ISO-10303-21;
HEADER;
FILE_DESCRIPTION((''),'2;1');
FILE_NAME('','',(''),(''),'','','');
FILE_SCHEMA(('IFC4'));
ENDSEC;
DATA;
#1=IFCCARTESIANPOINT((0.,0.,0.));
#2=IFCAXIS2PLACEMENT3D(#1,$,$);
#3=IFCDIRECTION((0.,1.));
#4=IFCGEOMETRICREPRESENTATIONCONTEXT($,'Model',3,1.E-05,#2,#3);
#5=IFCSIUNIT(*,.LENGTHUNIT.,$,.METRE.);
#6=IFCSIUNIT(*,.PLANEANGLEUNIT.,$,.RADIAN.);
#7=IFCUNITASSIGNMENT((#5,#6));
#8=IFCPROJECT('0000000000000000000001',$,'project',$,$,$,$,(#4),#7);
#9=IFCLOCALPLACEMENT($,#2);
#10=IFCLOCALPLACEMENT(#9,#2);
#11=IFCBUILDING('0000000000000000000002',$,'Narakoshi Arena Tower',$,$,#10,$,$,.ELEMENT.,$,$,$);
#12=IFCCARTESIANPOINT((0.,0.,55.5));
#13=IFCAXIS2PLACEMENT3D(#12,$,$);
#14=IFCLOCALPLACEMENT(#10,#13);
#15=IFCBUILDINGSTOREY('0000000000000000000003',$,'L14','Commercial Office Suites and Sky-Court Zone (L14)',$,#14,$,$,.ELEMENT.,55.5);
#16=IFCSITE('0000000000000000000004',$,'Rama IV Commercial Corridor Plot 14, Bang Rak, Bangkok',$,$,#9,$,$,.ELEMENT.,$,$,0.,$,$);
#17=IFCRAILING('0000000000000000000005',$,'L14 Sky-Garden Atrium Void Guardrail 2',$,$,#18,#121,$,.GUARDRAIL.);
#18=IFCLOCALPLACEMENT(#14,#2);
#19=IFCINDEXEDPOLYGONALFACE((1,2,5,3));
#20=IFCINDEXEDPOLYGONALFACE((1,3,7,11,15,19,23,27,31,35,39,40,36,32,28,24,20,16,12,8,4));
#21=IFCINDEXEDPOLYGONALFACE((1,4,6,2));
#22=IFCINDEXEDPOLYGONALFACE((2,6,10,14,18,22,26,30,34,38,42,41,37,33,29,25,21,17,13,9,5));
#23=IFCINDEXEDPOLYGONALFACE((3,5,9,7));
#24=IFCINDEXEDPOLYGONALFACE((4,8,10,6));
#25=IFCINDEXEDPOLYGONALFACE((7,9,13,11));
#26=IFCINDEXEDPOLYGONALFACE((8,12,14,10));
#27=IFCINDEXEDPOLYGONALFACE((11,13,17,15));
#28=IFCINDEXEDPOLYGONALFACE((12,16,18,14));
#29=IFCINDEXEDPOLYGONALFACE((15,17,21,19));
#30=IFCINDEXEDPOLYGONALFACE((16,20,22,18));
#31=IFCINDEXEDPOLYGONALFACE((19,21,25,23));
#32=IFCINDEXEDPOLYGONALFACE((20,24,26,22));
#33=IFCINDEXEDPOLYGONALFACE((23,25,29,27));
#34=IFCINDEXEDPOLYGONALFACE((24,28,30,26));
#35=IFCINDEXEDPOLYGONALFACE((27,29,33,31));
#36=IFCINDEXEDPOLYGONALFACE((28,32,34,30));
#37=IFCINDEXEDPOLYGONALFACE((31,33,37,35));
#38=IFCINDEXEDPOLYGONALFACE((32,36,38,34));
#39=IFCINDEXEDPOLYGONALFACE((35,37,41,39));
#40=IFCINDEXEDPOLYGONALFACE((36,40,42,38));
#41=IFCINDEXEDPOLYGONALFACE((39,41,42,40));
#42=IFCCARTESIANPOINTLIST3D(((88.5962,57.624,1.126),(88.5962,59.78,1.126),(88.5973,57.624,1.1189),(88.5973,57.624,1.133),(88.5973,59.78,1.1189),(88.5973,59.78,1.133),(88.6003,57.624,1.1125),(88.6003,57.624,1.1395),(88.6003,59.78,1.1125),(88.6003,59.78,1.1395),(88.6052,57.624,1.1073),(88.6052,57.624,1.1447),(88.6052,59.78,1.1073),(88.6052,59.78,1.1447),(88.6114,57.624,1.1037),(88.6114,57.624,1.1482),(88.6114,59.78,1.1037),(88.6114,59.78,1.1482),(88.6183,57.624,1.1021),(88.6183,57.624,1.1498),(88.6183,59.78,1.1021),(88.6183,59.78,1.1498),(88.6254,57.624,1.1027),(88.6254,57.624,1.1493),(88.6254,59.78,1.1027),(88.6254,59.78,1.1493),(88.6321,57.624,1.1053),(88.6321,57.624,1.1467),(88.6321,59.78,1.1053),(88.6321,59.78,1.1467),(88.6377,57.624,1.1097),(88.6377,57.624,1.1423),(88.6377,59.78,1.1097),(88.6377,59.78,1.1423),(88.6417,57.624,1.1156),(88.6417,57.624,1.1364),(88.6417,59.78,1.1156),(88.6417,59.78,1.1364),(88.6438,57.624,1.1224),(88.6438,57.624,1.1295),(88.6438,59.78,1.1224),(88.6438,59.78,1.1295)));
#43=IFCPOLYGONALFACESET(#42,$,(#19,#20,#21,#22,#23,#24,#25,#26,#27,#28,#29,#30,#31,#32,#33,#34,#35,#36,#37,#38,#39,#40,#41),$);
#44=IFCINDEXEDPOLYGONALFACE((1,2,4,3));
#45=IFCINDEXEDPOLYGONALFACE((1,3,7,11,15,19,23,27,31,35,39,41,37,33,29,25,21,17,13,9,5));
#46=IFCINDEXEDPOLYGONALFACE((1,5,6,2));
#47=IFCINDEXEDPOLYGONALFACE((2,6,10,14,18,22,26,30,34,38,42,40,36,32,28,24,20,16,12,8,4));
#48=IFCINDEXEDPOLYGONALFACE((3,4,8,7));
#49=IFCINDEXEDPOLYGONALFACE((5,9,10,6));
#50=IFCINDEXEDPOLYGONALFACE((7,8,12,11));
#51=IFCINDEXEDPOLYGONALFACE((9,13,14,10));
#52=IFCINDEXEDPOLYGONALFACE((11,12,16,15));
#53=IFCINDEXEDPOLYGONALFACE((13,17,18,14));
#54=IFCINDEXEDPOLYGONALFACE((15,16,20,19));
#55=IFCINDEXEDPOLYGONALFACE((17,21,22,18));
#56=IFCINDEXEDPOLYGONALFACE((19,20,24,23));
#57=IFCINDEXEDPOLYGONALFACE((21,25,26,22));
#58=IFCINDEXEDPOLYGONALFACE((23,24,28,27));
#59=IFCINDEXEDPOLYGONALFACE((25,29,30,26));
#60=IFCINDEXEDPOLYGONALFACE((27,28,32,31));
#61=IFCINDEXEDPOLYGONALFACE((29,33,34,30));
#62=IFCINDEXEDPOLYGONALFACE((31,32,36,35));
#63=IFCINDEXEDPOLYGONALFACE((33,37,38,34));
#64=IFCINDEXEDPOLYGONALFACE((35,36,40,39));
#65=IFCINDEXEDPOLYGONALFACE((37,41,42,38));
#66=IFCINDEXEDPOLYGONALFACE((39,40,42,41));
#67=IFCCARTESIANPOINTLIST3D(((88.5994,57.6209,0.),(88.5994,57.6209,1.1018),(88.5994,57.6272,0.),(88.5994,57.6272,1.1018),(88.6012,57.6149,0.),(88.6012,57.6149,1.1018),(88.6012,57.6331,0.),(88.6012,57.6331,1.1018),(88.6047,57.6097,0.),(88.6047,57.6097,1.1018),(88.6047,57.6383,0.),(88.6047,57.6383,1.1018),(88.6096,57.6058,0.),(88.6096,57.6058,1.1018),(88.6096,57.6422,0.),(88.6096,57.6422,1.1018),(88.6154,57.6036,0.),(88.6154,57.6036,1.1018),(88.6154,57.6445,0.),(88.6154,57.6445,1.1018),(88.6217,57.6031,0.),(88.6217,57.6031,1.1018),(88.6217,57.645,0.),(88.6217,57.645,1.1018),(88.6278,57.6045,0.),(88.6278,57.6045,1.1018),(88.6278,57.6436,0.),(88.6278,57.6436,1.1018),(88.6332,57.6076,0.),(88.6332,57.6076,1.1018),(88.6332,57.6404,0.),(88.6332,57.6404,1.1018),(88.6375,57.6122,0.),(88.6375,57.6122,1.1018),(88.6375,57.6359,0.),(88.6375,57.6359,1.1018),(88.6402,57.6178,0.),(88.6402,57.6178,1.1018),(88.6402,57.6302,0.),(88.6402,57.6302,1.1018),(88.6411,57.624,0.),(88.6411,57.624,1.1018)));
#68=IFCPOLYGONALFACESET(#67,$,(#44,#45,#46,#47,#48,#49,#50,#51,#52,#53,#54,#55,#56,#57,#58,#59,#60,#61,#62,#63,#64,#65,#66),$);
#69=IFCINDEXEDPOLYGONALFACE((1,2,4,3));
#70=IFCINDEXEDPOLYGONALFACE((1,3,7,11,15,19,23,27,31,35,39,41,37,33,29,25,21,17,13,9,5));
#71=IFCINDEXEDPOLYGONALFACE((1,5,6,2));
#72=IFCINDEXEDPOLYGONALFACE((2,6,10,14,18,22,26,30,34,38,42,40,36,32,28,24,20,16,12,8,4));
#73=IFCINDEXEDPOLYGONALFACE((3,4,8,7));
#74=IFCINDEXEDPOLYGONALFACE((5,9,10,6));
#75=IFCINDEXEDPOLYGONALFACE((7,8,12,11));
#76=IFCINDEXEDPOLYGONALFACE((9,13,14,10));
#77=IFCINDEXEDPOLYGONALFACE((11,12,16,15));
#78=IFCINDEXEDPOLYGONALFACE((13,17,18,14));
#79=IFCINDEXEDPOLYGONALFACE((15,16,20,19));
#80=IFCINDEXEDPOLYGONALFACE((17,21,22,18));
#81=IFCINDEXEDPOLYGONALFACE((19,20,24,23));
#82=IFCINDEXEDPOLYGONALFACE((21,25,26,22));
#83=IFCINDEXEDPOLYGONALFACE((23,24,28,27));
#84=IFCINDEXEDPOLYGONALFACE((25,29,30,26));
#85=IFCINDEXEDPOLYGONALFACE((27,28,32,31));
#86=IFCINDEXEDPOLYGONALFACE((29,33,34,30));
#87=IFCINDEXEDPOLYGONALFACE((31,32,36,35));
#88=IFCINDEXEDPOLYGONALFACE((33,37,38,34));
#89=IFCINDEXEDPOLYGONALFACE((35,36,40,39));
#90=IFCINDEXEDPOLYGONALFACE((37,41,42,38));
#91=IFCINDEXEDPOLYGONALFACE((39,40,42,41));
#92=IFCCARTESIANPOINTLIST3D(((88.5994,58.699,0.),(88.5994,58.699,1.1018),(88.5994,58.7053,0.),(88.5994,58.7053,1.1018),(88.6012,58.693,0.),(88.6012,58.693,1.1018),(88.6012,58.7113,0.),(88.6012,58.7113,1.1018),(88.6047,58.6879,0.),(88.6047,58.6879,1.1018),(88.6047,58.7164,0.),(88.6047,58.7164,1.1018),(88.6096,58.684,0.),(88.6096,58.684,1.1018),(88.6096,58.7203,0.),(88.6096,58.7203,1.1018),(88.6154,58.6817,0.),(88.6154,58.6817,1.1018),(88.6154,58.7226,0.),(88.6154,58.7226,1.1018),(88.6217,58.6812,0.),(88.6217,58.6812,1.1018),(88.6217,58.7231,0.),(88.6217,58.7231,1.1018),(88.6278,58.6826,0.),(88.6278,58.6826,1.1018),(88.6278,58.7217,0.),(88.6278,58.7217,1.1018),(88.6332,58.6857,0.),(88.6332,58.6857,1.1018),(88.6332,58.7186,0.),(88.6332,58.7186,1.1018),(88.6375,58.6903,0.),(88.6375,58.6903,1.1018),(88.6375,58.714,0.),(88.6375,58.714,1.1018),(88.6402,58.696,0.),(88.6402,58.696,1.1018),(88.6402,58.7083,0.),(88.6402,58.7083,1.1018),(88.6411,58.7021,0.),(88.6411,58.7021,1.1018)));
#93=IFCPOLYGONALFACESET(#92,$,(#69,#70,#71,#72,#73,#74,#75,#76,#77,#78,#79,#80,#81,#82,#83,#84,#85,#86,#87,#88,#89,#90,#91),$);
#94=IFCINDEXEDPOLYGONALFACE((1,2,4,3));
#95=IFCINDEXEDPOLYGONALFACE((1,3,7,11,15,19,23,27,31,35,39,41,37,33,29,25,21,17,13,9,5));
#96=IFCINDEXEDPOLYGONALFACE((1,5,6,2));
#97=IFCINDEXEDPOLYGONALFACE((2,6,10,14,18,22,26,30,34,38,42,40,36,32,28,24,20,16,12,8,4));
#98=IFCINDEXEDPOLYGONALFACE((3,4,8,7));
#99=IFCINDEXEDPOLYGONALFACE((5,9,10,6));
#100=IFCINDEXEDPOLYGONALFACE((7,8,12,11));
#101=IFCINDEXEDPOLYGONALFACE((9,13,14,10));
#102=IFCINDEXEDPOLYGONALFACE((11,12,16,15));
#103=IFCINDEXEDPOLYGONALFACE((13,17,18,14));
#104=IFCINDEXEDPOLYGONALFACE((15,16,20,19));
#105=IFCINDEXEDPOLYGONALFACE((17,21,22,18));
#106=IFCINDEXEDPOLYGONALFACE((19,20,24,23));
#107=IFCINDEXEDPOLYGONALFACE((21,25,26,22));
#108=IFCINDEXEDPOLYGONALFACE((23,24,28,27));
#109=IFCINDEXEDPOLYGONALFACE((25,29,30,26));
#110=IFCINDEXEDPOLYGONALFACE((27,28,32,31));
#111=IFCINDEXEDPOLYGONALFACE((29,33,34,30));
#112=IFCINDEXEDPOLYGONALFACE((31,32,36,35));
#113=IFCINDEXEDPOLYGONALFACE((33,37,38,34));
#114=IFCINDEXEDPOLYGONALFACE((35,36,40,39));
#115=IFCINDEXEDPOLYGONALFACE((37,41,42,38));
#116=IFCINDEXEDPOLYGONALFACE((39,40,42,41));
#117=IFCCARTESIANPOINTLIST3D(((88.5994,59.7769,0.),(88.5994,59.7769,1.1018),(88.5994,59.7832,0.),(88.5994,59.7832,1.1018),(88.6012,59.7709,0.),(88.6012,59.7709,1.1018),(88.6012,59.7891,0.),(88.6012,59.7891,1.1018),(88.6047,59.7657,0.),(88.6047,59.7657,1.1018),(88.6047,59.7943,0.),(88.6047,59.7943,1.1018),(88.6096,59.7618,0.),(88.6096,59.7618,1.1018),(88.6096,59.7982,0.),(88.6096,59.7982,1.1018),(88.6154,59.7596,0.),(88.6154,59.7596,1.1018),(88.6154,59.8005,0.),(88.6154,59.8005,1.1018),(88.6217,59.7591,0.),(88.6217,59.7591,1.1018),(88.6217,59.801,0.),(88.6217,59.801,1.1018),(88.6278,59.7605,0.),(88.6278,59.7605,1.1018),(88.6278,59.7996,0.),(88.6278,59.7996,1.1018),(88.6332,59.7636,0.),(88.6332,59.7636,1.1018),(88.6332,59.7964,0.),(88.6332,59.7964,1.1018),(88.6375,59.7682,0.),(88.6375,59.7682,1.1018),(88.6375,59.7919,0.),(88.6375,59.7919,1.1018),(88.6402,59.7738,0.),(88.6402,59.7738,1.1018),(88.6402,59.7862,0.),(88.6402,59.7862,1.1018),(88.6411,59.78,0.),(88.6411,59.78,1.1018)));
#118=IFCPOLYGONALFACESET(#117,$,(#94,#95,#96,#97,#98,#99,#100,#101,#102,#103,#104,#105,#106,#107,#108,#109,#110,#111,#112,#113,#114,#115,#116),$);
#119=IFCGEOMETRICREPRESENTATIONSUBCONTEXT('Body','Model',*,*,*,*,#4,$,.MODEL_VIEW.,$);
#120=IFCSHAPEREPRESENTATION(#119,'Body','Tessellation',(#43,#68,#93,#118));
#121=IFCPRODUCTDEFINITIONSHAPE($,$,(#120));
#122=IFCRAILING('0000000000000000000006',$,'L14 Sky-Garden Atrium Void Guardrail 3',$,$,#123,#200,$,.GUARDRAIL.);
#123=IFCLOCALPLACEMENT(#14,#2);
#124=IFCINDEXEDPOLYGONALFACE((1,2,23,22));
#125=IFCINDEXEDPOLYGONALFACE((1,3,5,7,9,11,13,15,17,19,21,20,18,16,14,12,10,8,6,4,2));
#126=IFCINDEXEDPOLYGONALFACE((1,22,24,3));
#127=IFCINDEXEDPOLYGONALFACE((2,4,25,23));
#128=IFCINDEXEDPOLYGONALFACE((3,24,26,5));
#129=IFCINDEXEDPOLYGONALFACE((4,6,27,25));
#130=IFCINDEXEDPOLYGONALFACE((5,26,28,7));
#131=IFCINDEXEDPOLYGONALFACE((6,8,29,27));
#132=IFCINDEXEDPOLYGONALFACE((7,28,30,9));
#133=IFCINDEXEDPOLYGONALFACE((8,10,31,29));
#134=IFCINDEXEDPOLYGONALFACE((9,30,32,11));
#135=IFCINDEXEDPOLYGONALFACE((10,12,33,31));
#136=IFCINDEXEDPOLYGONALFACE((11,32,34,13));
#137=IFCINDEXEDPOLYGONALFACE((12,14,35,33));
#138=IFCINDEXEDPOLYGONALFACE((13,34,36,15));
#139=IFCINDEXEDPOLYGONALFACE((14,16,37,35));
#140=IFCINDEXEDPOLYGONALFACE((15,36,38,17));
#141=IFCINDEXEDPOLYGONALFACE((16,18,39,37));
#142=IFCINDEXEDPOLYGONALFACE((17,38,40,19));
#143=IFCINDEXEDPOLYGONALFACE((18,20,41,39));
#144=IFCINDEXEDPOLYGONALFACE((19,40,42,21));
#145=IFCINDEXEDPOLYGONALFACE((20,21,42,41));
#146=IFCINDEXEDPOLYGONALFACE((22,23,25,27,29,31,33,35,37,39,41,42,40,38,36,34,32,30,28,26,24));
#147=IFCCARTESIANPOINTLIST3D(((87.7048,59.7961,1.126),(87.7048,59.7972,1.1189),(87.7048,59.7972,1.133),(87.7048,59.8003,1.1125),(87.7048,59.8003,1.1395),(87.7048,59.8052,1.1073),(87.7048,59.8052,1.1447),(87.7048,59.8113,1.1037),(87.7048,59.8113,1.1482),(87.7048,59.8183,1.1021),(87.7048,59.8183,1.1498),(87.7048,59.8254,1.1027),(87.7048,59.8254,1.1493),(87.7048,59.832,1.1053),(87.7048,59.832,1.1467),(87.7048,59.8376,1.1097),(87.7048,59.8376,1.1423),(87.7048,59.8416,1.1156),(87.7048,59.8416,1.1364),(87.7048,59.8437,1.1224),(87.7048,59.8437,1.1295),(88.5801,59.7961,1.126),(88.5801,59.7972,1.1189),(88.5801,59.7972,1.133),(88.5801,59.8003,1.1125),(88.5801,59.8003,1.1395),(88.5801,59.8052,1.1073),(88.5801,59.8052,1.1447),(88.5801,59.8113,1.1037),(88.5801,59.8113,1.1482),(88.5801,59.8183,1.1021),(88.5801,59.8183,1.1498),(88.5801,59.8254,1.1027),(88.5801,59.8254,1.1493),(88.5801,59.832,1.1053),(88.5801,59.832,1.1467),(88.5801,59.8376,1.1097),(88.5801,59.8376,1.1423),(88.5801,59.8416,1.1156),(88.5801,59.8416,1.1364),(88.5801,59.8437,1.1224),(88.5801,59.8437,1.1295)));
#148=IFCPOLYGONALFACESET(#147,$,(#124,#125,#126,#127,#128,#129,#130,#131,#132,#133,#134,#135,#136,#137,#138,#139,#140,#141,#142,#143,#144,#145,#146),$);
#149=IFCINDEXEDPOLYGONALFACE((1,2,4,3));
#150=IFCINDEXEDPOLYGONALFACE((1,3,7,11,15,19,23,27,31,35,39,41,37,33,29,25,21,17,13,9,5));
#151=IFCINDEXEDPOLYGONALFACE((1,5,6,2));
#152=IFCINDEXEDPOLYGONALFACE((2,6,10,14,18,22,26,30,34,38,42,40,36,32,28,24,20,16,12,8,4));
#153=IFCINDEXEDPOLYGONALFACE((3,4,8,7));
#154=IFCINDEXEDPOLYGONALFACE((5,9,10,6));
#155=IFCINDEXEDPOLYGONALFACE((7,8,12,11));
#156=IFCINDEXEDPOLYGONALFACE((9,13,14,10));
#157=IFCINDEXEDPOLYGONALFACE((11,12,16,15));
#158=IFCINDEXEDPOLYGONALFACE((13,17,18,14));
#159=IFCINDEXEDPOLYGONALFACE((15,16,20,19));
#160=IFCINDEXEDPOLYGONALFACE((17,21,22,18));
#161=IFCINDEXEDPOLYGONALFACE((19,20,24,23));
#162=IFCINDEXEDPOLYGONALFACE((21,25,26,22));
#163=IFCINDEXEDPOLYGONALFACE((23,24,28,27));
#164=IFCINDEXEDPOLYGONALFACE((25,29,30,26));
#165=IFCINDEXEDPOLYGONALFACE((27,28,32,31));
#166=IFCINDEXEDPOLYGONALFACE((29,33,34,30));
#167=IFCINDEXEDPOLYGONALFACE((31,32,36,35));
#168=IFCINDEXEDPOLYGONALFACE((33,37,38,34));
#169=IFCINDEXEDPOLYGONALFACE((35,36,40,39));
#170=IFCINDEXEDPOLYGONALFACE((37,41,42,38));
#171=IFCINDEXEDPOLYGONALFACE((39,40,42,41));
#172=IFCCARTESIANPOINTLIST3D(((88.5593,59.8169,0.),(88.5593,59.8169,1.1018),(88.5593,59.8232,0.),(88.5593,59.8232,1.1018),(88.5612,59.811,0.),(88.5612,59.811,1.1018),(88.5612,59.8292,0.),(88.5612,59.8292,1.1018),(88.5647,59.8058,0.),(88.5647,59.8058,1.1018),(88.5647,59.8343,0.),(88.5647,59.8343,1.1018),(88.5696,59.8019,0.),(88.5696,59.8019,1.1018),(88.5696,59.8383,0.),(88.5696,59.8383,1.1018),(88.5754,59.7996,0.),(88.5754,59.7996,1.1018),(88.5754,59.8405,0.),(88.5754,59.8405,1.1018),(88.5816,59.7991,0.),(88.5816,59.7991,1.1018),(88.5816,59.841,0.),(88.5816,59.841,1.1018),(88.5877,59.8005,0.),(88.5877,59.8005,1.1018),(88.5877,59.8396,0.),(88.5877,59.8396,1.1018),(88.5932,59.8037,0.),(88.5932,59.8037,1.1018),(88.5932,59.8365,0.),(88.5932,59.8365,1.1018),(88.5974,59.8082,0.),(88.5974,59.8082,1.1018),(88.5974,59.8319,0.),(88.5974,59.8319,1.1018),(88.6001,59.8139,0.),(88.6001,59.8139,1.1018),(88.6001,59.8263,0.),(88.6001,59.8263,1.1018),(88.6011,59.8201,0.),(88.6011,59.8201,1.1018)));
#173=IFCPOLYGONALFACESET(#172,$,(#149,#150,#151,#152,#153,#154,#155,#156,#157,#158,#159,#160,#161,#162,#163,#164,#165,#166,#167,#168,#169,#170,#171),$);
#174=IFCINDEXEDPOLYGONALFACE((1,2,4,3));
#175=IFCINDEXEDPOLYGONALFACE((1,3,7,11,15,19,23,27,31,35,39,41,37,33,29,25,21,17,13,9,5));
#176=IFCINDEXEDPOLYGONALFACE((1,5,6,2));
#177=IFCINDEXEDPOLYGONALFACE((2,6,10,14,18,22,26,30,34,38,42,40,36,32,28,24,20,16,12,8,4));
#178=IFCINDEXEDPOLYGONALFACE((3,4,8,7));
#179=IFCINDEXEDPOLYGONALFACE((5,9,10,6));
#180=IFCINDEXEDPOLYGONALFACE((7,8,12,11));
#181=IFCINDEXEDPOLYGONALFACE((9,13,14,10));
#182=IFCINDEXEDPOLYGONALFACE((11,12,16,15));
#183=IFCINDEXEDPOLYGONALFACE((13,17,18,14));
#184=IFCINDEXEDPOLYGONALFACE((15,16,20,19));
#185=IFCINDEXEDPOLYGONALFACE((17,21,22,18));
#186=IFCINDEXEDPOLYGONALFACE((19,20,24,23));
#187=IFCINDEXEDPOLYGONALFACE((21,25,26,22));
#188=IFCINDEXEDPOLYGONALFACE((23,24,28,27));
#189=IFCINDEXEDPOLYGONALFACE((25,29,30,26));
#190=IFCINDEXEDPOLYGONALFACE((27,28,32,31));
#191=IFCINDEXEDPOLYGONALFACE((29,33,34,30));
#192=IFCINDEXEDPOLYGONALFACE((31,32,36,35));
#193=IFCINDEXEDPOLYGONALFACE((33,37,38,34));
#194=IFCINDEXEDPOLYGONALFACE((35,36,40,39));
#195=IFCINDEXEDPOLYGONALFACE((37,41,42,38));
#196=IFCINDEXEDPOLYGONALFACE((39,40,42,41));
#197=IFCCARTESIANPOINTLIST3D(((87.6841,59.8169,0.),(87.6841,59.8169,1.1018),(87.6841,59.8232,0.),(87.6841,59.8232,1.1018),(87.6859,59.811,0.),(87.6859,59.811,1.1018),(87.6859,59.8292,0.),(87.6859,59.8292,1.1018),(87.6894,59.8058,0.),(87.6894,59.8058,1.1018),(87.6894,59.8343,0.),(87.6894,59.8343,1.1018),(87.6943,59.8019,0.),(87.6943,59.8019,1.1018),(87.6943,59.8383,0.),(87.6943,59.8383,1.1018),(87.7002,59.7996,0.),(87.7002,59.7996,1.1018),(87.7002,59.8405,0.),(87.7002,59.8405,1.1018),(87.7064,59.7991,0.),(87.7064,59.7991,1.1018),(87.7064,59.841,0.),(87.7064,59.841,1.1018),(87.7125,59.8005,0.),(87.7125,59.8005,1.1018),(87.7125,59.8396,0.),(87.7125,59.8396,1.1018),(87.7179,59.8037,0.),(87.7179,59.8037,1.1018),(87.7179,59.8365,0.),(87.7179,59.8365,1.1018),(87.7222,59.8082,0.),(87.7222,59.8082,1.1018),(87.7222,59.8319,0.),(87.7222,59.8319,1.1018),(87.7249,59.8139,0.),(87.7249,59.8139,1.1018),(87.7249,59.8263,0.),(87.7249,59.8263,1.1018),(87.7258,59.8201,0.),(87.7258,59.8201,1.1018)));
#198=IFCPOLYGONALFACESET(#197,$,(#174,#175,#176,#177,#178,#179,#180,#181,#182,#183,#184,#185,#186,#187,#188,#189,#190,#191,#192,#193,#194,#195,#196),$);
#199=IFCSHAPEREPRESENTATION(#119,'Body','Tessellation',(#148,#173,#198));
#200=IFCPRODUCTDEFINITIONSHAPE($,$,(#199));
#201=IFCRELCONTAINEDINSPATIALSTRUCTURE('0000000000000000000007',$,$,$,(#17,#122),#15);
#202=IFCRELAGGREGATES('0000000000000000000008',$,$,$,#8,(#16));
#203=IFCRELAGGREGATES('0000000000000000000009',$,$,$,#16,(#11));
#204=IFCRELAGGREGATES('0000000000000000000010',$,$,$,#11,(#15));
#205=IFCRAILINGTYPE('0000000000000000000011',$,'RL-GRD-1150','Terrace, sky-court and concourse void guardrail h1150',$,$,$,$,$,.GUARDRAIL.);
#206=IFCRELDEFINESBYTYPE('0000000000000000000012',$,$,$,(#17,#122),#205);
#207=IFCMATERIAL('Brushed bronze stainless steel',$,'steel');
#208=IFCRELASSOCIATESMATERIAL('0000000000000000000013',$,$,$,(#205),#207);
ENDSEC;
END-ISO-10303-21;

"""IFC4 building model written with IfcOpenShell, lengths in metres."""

from ifc_helpers import new_model, si_unit, direction, frame, origin, origin_2d, place, context, subcontext, project, spatial, circle, extrude, material, type_object, element, save


model = new_model("IFC4")

# Units and contexts
model_context = context("Model", 3, precision=1e-05, world=origin(), true_north=direction((0.0, 1.0)))
body_context = subcontext(model_context, "Body", "Model", "MODEL_VIEW")
ifc_project = project(units=[si_unit("LENGTHUNIT", "METRE"), si_unit("PLANEANGLEUNIT", "RADIAN")], contexts=[model_context])

# Site, building, storey
site_placement = place(None, origin())
site = spatial("IfcSite", under=ifc_project, at=site_placement, Name="Rama IV Commercial Corridor Plot 14, Bang Rak, Bangkok", CompositionType="ELEMENT", RefElevation=0.0)
building_placement = place(site_placement, origin())
building = spatial("IfcBuilding", under=site, at=building_placement, Name="Narakoshi Arena Tower", CompositionType="ELEMENT")
storey_placement = place(building_placement, frame((0.0, 0.0, 55.5)))
storey = spatial("IfcBuildingStorey", under=building, at=storey_placement, Name="L14", Description="Commercial Office Suites and Sky-Court Zone (L14)", CompositionType="ELEMENT", Elevation=55.5)

# Railings
ifc_material_1 = material(Name="Brushed bronze stainless steel", Category="steel")
railing_type = type_object("IfcRailingType", Name="RL-GRD-1150", Description="Terrace, sky-court and concourse void guardrail h1150", PredefinedType="GUARDRAIL", material=ifc_material_1)
railing_1_placement = place(storey_placement, frame((88.6201, 57.624, 0.0)))
element("IfcRailing", 1, at=railing_1_placement, inside=storey, type_object=railing_type, Name="L14 Sky-Garden Atrium Void Guardrail 2", PredefinedType="GUARDRAIL", context=body_context, shape_type="SweptSolid", body=[
    extrude(circle(Radius=0.0239, at=origin_2d()), frame((0.0, 0.0, 1.126), z_axis=(0.0, 1.0, 0.0), x_axis=(-1.0, 0.0, 0.0)), (0.0, 0.0, 1.0), 2.156),
    extrude(circle(Radius=0.021, at=origin_2d()), origin(), (0.0, 0.0, 1.0), 1.1018),
    extrude(circle(Radius=0.021, at=origin_2d()), frame((0.0, 1.0781, 0.0)), (0.0, 0.0, 1.0), 1.1018),
    extrude(circle(Radius=0.021, at=origin_2d()), frame((0.0, 2.156, 0.0)), (0.0, 0.0, 1.0), 1.1018),
])
railing_2_placement = place(storey_placement, frame((88.5801, 59.8201, 0.0)))
element("IfcRailing", 2, at=railing_2_placement, inside=storey, type_object=railing_type, Name="L14 Sky-Garden Atrium Void Guardrail 3", PredefinedType="GUARDRAIL", context=body_context, shape_type="SweptSolid", body=[
    extrude(circle(Radius=0.0239, at=origin_2d()), frame((0.0, 0.0, 1.126), z_axis=(-1.0, 0.0, 0.0), x_axis=(0.0, -1.0, 0.0)), (0.0, 0.0, 1.0), 0.8752),
    extrude(circle(Radius=0.021, at=origin_2d()), origin(), (0.0, 0.0, 1.0), 1.1018),
    extrude(circle(Radius=0.021, at=origin_2d()), frame((-0.8752, 0.0, 0.0)), (0.0, 0.0, 1.0), 1.1018),
])

save(model, "model.ifc")
